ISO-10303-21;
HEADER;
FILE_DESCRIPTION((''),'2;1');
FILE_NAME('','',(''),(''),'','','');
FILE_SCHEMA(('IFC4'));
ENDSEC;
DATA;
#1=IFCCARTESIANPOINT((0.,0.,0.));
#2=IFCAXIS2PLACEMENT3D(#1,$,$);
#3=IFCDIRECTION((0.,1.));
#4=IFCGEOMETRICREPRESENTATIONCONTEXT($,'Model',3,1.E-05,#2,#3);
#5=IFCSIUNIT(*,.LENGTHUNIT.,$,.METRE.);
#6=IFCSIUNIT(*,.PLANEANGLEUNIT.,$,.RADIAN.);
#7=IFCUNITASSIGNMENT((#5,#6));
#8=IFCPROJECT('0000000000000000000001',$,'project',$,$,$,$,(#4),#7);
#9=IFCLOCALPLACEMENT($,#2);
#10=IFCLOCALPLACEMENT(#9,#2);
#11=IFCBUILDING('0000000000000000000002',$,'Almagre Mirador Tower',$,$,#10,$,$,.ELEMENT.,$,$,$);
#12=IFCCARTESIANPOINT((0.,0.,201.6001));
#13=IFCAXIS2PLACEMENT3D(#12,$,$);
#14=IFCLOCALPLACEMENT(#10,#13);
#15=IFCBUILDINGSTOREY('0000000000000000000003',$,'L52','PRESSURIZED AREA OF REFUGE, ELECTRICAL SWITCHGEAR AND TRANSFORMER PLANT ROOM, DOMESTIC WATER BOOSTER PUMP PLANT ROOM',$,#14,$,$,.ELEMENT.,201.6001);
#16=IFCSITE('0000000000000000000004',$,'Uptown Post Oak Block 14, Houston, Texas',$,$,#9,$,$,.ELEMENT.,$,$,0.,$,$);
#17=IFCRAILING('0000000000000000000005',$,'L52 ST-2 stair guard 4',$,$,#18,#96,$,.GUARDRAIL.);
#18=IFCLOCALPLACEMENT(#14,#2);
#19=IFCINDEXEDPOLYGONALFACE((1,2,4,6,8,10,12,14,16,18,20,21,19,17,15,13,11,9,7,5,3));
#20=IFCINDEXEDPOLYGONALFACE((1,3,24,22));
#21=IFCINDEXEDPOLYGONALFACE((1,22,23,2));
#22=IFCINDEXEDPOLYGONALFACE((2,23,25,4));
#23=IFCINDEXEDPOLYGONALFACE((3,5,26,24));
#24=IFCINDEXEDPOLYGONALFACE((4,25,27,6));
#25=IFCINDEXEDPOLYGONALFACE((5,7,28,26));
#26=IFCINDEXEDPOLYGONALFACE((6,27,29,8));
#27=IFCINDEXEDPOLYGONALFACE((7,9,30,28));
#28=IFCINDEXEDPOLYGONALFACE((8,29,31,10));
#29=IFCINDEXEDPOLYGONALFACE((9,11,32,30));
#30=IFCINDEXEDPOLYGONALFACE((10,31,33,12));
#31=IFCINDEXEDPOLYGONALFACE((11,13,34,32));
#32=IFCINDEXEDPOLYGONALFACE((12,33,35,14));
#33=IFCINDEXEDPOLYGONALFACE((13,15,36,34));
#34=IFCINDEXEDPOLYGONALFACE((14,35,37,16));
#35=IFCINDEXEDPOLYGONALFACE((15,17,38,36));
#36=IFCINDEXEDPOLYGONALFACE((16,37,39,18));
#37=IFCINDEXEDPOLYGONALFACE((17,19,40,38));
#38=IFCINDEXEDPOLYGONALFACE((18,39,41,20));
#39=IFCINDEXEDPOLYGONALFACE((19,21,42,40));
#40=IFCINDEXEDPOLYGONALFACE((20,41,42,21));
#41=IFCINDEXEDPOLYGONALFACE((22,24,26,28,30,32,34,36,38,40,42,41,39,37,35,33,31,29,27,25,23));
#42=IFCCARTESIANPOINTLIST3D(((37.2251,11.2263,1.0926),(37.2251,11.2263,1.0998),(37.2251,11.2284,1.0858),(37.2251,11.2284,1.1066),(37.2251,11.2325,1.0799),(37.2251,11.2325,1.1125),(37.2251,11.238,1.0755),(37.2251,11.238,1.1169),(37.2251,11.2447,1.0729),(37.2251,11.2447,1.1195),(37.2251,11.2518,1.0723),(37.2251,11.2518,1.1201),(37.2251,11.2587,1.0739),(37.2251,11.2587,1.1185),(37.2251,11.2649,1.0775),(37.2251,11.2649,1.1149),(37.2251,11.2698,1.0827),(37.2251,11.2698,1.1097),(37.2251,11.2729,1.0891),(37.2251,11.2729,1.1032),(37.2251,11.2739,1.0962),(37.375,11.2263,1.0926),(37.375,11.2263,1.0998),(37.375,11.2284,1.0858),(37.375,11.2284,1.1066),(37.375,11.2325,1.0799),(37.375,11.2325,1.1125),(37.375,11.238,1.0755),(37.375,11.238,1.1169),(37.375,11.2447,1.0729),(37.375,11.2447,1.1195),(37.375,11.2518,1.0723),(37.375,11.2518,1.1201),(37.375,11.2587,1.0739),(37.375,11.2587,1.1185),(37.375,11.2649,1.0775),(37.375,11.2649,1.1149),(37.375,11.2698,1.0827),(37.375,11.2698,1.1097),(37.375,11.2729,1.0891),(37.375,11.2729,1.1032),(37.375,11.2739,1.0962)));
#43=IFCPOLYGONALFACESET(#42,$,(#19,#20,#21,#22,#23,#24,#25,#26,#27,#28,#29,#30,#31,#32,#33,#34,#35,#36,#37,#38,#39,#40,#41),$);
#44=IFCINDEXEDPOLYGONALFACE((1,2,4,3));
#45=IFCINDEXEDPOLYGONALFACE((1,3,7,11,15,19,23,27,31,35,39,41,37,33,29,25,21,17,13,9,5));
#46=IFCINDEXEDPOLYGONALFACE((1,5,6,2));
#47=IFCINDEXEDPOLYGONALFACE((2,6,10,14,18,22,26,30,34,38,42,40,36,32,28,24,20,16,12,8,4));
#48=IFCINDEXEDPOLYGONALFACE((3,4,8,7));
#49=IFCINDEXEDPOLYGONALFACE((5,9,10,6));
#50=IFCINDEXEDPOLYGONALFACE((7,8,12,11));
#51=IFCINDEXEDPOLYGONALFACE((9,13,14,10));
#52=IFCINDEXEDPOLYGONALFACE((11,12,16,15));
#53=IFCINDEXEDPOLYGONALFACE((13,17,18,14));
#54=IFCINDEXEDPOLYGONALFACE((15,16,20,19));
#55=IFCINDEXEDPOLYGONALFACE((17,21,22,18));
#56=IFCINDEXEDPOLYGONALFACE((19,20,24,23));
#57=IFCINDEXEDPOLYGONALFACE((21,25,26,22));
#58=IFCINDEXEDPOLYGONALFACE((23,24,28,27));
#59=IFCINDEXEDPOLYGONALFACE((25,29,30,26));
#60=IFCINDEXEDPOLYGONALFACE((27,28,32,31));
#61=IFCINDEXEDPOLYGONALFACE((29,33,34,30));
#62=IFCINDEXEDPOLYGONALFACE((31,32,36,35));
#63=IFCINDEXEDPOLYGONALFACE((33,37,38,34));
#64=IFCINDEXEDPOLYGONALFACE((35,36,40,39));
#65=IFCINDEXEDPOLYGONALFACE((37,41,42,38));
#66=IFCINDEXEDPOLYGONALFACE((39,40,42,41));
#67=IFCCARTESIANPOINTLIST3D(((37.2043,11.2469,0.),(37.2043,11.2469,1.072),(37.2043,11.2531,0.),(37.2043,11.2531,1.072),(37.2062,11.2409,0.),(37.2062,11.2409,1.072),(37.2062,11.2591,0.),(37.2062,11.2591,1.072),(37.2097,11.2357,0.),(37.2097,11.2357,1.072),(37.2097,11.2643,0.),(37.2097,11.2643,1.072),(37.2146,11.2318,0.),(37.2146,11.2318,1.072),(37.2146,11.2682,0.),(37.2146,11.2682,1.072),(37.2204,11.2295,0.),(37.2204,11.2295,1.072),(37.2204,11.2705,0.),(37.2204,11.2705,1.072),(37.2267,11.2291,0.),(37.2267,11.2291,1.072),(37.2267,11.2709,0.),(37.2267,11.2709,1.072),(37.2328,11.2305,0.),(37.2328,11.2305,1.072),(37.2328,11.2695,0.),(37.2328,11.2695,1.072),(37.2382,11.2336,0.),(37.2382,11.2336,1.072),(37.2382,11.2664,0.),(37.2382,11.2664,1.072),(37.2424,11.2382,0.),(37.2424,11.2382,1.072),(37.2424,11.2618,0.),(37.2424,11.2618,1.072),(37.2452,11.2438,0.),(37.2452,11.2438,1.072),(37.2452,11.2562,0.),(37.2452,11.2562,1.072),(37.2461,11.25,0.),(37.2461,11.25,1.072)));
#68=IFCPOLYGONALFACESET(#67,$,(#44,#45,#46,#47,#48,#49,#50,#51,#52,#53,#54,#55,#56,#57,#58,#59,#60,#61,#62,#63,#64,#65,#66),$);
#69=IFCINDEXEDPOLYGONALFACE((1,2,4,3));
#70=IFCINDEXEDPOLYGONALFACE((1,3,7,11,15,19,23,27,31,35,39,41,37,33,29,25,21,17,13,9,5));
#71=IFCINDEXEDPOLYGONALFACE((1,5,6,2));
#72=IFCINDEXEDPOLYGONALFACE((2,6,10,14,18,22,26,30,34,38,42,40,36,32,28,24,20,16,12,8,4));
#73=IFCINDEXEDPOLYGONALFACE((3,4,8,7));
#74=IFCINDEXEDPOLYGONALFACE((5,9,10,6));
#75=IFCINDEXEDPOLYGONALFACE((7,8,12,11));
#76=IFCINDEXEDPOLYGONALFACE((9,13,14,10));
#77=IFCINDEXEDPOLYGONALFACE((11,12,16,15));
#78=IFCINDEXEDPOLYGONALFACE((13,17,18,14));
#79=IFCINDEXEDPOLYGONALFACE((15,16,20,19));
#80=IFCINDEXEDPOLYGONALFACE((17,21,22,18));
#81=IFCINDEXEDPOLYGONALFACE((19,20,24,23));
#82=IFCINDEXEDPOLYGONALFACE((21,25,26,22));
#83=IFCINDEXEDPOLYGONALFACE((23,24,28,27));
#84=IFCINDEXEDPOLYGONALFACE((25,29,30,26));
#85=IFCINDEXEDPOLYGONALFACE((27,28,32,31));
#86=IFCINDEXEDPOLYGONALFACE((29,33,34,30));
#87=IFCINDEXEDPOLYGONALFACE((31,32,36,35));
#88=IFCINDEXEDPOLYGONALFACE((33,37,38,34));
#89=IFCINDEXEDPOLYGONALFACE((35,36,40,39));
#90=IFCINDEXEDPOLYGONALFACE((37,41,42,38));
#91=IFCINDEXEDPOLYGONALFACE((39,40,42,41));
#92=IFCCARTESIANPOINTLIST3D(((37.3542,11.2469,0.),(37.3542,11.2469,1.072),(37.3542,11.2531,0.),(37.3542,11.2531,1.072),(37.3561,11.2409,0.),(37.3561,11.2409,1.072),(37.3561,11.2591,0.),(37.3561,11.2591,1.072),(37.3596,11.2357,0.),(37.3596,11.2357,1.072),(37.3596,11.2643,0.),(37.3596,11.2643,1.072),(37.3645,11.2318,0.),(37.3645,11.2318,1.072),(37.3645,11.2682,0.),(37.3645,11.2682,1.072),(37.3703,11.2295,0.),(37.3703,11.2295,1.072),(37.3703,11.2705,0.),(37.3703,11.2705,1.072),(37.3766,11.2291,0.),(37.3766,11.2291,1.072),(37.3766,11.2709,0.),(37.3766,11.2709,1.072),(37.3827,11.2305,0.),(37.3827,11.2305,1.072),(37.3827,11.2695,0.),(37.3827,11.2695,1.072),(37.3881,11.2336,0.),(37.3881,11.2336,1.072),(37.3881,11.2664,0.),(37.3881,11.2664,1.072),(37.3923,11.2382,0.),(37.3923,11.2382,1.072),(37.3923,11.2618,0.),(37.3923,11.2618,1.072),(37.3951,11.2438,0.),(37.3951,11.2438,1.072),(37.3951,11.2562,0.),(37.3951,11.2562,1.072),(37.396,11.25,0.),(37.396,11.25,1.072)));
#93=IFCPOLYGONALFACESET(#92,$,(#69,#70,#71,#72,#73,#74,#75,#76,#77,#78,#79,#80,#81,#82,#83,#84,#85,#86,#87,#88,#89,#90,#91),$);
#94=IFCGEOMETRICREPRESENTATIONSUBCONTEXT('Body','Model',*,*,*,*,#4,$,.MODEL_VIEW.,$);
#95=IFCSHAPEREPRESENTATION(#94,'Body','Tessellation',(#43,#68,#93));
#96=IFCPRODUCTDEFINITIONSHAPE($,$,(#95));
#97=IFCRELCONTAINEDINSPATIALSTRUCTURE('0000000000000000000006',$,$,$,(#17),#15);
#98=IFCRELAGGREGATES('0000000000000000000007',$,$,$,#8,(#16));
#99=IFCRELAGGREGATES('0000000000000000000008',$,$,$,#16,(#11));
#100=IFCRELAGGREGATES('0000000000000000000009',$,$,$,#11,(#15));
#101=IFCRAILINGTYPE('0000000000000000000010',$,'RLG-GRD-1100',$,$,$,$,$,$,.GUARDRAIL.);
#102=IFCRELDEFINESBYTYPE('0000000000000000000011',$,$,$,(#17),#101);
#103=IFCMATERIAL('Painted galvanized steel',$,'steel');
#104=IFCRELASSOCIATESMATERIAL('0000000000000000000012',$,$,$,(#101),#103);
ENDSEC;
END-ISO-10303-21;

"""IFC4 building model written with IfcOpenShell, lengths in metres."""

from ifc_helpers import new_model, si_unit, direction, frame, origin, origin_2d, place, context, subcontext, project, spatial, circle, extrude, material, type_object, element, save


model = new_model("IFC4")

# Units and contexts
model_context = context("Model", 3, precision=1e-05, world=origin(), true_north=direction((0.0, 1.0)))
body_context = subcontext(model_context, "Body", "Model", "MODEL_VIEW")
ifc_project = project(units=[si_unit("LENGTHUNIT", "METRE"), si_unit("PLANEANGLEUNIT", "RADIAN")], contexts=[model_context])

# Site, building, storey
site_placement = place(None, origin())
site = spatial("IfcSite", under=ifc_project, at=site_placement, Name="Uptown Post Oak Block 14, Houston, Texas", CompositionType="ELEMENT", RefElevation=0.0)
building_placement = place(site_placement, origin())
building = spatial("IfcBuilding", under=site, at=building_placement, Name="Almagre Mirador Tower", CompositionType="ELEMENT")
storey_placement = place(building_placement, frame((0.0, 0.0, 201.6001)))
storey = spatial("IfcBuildingStorey", under=building, at=storey_placement, Name="L52", Description="PRESSURIZED AREA OF REFUGE, ELECTRICAL SWITCHGEAR AND TRANSFORMER PLANT ROOM, DOMESTIC WATER BOOSTER PUMP PLANT ROOM", CompositionType="ELEMENT", Elevation=201.6001)

# Railing
ifc_material_1 = material(Name="Painted galvanized steel", Category="steel")
railing_type_1 = type_object("IfcRailingType", Name="RLG-GRD-1100", PredefinedType="GUARDRAIL", material=ifc_material_1)
railing_1_placement = place(storey_placement, frame((37.2251, 11.25, 0.0)))
element("IfcRailing", 1, at=railing_1_placement, inside=storey, type_object=railing_type_1, Name="L52 ST-2 stair guard 4", PredefinedType="GUARDRAIL", context=body_context, shape_type="SweptSolid", body=[
    extrude(circle(Radius=0.0239, at=origin_2d()), frame((0.0, 0.0, 1.0962), z_axis=(1.0, 0.0, 0.0), x_axis=(0.0, 1.0, 0.0)), (0.0, 0.0, 1.0), 0.1499),
    extrude(circle(Radius=0.021, at=origin_2d()), origin(), (0.0, 0.0, 1.0), 1.072),
    extrude(circle(Radius=0.021, at=origin_2d()), frame((0.1499, 0.0, 0.0)), (0.0, 0.0, 1.0), 1.072),
])

save(model, "model.ifc")
